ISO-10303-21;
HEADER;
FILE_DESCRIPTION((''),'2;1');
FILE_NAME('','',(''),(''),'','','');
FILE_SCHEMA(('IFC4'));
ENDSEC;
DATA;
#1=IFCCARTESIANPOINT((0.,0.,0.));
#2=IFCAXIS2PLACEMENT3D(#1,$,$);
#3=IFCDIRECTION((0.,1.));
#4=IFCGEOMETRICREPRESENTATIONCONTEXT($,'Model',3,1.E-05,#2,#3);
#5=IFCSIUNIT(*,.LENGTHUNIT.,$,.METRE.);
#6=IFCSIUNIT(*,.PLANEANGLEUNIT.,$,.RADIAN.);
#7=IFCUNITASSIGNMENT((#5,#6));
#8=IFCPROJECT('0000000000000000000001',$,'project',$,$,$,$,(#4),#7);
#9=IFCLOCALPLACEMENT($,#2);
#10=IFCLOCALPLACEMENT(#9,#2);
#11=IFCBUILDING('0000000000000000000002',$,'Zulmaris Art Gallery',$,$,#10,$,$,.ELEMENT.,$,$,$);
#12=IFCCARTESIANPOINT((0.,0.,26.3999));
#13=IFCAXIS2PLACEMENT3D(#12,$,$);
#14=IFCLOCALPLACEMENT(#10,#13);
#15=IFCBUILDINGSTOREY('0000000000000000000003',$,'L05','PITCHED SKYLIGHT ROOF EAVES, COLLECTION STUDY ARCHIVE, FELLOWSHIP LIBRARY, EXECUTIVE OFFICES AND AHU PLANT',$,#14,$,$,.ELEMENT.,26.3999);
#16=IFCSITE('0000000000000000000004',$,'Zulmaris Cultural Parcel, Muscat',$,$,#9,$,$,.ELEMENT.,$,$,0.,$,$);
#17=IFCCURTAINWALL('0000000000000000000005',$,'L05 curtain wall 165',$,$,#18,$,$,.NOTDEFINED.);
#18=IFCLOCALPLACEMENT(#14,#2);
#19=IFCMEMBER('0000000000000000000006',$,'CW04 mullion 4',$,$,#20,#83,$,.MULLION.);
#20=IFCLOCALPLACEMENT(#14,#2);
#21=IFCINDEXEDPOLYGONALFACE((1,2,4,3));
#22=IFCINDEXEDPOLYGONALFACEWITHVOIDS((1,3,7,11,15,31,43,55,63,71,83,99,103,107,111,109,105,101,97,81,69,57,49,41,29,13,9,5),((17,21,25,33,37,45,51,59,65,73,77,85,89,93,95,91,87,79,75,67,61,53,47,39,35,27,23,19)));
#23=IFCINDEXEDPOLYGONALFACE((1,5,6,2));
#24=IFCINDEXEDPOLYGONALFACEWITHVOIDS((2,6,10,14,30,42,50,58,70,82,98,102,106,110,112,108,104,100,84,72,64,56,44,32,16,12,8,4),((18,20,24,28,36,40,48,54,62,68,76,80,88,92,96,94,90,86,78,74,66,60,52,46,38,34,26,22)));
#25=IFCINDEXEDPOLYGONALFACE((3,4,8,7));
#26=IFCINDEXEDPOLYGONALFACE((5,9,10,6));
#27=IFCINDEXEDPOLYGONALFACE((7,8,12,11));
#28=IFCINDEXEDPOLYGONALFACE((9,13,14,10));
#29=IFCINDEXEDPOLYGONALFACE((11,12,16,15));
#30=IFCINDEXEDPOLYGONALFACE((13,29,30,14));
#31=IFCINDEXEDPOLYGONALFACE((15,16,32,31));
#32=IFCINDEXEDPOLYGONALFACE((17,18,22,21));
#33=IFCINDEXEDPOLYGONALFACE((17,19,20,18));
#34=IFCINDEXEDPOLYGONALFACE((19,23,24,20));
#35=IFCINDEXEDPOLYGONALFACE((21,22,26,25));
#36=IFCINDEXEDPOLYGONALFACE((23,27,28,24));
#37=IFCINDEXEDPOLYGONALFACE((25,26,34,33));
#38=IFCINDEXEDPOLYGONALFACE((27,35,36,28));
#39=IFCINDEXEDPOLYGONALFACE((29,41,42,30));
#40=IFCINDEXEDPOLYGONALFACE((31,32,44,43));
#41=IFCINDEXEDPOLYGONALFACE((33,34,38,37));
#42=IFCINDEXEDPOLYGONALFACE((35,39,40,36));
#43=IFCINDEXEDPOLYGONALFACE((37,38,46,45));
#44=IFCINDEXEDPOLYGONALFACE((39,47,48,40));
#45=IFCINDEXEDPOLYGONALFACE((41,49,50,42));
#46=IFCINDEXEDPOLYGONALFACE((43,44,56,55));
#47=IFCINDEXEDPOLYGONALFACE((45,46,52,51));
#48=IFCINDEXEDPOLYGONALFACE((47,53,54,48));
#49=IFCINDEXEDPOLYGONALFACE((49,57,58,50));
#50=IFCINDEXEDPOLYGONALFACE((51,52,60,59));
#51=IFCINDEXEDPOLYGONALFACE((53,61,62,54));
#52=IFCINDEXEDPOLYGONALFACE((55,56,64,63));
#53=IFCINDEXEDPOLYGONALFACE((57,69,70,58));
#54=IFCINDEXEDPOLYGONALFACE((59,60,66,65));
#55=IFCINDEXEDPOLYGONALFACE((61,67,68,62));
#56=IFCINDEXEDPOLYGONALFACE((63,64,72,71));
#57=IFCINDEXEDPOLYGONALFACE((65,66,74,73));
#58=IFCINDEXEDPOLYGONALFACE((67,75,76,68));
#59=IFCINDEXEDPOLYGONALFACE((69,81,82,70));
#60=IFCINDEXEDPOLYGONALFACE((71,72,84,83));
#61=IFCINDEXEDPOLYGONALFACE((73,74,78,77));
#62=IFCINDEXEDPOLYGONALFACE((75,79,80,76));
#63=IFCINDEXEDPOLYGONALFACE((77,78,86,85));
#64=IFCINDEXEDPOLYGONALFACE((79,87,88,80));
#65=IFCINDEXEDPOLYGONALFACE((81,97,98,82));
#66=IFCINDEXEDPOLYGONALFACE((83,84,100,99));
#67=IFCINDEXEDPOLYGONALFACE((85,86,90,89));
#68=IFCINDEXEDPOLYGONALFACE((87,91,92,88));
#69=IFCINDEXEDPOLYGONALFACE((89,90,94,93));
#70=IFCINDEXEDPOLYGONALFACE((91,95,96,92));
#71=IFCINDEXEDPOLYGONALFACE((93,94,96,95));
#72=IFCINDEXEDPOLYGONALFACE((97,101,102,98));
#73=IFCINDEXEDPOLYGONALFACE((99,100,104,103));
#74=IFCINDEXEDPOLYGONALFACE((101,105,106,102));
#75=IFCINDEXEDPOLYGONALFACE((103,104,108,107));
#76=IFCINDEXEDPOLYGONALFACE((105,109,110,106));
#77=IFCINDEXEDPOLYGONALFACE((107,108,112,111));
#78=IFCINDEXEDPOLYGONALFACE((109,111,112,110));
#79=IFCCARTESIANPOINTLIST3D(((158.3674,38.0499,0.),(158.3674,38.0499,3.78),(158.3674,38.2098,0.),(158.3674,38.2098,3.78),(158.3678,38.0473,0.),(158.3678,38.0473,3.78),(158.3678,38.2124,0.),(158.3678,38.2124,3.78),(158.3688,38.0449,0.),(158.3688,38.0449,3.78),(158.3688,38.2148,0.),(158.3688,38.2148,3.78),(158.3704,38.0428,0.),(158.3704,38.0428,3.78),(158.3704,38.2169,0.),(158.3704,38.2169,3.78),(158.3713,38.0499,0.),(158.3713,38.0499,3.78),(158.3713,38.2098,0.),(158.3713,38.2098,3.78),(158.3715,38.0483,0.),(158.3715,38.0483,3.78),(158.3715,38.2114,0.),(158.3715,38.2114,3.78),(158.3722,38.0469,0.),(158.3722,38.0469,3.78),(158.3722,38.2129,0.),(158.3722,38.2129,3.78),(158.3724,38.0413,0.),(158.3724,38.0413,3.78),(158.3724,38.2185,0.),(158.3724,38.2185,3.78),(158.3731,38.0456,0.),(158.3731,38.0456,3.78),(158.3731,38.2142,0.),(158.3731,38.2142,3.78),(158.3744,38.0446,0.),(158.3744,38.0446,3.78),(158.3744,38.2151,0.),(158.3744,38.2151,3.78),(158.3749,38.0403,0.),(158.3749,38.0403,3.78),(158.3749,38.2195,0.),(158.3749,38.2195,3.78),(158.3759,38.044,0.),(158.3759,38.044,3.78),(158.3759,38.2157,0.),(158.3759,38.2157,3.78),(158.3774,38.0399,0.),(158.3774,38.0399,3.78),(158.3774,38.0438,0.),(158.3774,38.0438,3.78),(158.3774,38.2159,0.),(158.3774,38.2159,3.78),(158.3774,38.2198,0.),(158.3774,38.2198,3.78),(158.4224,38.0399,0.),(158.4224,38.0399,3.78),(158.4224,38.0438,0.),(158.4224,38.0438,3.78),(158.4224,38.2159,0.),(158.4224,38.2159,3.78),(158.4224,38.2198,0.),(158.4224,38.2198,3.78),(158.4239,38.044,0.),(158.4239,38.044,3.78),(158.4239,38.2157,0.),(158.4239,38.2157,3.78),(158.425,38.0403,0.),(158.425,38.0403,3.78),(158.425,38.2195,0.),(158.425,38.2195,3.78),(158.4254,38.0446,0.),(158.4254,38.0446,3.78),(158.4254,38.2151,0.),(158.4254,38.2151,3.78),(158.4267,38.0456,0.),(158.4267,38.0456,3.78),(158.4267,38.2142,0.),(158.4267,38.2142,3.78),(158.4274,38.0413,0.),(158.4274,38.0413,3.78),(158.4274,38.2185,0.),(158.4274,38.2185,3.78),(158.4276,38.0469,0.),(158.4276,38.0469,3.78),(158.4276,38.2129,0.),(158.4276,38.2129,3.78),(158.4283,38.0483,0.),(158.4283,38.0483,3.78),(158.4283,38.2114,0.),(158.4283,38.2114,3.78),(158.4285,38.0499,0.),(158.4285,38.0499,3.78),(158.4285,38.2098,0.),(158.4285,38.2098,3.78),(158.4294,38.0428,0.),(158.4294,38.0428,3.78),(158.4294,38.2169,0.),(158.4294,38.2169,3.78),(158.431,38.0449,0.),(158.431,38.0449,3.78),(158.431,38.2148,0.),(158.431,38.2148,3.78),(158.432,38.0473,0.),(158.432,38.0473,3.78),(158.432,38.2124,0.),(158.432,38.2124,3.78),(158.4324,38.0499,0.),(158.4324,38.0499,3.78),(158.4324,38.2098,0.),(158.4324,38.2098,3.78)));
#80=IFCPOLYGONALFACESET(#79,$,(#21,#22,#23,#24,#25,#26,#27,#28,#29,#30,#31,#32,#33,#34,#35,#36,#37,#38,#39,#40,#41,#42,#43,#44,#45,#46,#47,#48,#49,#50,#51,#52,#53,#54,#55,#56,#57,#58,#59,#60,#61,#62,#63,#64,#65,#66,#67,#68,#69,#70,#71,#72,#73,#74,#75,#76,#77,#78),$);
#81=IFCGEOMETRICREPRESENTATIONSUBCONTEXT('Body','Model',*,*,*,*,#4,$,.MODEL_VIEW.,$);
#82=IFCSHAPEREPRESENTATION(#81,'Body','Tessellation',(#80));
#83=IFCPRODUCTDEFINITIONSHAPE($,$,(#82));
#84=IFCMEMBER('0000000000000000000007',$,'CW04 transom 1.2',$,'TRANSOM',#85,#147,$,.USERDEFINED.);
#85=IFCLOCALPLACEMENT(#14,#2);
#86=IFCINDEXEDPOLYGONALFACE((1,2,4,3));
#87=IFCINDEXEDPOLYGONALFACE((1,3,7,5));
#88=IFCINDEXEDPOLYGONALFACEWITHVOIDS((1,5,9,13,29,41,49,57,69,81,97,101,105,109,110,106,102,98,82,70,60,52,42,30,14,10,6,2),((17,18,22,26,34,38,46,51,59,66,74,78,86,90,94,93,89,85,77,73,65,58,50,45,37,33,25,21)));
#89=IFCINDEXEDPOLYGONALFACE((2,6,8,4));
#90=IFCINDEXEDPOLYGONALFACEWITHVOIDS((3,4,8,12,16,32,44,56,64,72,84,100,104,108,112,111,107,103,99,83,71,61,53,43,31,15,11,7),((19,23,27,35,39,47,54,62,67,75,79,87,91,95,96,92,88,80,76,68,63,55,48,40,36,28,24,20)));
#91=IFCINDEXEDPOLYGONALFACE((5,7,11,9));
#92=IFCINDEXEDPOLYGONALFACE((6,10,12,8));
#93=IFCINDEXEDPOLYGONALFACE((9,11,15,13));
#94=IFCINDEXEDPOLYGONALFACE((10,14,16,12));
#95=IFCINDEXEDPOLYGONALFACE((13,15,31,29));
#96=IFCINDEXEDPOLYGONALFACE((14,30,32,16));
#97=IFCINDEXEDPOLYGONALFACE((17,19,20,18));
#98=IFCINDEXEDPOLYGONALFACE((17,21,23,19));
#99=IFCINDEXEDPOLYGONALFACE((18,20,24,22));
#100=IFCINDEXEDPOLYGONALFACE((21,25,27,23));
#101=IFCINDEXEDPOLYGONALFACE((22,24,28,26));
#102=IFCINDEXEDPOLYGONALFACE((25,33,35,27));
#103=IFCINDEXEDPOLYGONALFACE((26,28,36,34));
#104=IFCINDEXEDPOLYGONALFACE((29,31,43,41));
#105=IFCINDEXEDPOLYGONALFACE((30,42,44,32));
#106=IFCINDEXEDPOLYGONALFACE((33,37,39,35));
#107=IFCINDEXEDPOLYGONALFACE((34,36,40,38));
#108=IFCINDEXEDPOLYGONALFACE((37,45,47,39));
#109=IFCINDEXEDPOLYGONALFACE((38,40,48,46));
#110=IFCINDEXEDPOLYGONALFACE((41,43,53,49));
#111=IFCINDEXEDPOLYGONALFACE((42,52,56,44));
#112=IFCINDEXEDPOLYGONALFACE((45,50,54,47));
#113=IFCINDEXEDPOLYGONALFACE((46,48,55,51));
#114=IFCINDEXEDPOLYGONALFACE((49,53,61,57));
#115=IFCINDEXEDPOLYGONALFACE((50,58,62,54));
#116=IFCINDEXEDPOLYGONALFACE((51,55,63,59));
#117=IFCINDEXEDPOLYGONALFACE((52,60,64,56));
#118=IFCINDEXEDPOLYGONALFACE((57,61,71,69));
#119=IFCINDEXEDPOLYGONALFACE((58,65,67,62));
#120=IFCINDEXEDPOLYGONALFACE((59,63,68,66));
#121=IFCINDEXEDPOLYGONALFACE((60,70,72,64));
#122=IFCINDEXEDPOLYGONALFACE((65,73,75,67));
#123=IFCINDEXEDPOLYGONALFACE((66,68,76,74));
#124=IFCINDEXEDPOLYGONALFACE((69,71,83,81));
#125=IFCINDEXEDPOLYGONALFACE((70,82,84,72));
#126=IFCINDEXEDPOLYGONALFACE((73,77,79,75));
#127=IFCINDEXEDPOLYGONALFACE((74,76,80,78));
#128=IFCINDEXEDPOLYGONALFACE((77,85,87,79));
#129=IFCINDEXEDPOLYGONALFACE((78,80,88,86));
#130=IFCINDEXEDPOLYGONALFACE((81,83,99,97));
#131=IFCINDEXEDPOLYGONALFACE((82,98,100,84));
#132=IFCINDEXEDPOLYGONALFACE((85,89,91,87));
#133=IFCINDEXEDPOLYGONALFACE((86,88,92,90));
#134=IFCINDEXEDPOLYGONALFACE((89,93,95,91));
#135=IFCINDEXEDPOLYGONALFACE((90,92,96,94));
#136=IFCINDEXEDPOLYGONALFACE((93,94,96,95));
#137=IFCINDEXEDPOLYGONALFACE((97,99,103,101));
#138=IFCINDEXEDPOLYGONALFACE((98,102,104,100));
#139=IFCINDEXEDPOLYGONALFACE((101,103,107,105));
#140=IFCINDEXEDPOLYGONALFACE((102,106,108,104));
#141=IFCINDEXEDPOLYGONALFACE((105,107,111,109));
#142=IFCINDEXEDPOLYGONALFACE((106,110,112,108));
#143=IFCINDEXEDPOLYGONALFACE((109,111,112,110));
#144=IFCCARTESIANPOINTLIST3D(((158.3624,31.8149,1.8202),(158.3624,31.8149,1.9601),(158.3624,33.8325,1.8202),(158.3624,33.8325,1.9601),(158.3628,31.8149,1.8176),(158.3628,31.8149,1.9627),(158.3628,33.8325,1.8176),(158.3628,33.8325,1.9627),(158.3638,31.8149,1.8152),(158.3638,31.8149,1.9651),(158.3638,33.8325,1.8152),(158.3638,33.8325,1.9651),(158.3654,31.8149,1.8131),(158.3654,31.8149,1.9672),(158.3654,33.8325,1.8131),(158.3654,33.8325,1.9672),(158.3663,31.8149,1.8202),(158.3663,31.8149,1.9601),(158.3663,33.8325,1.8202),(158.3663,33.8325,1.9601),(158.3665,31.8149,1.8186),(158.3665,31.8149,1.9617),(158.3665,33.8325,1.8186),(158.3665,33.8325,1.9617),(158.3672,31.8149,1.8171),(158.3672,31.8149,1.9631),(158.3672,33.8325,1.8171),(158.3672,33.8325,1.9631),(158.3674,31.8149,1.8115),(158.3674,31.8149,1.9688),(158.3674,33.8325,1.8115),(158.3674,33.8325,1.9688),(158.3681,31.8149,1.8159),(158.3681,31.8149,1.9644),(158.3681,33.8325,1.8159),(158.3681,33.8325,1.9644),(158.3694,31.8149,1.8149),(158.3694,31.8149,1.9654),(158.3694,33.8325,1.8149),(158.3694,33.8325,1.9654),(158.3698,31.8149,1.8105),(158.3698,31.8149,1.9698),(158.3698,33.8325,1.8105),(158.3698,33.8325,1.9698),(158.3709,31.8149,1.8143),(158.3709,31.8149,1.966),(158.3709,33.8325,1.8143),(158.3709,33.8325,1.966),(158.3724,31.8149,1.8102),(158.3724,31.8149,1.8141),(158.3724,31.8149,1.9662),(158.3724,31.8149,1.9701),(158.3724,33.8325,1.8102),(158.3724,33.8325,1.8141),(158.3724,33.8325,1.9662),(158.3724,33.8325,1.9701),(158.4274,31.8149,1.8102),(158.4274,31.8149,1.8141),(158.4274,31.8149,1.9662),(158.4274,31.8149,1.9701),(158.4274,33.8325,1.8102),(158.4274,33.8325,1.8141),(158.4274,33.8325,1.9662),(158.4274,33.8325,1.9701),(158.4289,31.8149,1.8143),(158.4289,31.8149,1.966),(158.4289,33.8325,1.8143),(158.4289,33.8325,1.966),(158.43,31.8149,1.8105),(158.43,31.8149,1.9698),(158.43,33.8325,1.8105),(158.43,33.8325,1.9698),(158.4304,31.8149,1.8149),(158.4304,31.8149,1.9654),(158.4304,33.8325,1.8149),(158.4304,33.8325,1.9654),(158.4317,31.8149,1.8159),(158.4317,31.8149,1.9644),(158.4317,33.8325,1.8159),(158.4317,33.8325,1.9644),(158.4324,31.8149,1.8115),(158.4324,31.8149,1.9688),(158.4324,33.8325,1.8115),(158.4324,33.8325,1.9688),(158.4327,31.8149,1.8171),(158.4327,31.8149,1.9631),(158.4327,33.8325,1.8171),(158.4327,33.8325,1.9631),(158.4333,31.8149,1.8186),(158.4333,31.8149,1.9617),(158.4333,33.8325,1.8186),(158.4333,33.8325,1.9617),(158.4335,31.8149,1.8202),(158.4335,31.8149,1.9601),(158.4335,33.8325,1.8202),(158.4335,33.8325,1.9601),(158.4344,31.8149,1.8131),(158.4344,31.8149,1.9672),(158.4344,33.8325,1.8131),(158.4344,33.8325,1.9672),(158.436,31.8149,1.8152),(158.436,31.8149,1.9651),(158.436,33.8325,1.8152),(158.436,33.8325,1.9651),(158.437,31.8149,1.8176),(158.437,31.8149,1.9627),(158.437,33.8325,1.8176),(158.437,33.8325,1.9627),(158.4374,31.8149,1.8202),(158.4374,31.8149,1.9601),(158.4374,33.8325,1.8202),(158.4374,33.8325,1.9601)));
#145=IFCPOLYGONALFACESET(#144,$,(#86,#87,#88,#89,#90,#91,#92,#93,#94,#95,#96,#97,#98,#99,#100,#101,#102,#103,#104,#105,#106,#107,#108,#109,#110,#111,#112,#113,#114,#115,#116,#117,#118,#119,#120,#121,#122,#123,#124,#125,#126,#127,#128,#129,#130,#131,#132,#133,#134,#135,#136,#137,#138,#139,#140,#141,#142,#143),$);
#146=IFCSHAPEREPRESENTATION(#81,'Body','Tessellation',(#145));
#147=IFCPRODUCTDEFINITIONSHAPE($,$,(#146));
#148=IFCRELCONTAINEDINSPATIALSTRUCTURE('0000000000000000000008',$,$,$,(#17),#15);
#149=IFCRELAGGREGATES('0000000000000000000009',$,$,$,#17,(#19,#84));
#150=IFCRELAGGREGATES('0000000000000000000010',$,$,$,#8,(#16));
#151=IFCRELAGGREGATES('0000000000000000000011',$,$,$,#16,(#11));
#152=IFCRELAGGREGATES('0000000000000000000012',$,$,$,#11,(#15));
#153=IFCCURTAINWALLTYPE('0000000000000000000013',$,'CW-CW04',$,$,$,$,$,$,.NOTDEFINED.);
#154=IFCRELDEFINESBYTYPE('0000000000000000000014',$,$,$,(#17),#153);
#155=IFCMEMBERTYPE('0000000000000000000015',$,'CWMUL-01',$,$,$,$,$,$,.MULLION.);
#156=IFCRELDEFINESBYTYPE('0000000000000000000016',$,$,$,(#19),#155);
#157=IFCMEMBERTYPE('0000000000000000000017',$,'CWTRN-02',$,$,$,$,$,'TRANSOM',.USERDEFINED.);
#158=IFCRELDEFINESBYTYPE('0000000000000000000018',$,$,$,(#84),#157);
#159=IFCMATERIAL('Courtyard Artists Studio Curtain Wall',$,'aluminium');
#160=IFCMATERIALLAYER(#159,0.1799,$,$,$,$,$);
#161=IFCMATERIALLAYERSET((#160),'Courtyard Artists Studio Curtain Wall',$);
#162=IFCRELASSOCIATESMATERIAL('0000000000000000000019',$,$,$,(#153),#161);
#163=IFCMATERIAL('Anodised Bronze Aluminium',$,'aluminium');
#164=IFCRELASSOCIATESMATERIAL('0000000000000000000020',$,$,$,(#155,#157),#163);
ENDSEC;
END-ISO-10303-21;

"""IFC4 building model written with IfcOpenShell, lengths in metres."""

from ifc_helpers import new_model, si_unit, direction, frame, origin, origin_2d, place, context, subcontext, project, spatial, hollow_rectangle, extrude, material, layer, layer_set, material_profile, profile_set, type_object, element, aggregate, save


model = new_model("IFC4")

# Units and contexts
model_context = context("Model", 3, precision=1e-05, world=origin(), true_north=direction((0.0, 1.0)))
body_context = subcontext(model_context, "Body", "Model", "MODEL_VIEW")
ifc_project = project(units=[si_unit("LENGTHUNIT", "METRE"), si_unit("PLANEANGLEUNIT", "RADIAN")], contexts=[model_context])

# Site, building, storey
site_placement = place(None, origin())
site = spatial("IfcSite", under=ifc_project, at=site_placement, Name="Zulmaris Cultural Parcel, Muscat", CompositionType="ELEMENT", RefElevation=0.0)
building_placement = place(site_placement, origin())
building = spatial("IfcBuilding", under=site, at=building_placement, Name="Zulmaris Art Gallery", CompositionType="ELEMENT")
storey_placement = place(building_placement, frame((0.0, 0.0, 26.3999)))
storey = spatial("IfcBuildingStorey", under=building, at=storey_placement, Name="L05", Description="PITCHED SKYLIGHT ROOF EAVES, COLLECTION STUDY ARCHIVE, FELLOWSHIP LIBRARY, EXECUTIVE OFFICES AND AHU PLANT", CompositionType="ELEMENT", Elevation=26.3999)

# Curtain wall, members
ifc_material_1 = material(Name="Courtyard Artists Studio Curtain Wall", Category="aluminium")
ifc_layer_1 = layer(ifc_material_1, 0.1799)
ifc_layer_set_1 = layer_set([ifc_layer_1], Name="Courtyard Artists Studio Curtain Wall")
curtain_wall_type = type_object("IfcCurtainWallType", Name="CW-CW04", PredefinedType="NOTDEFINED", material=ifc_layer_set_1)
curtain_wall_placement = place(storey_placement, origin())
curtain_wall = element("IfcCurtainWall", 1, at=curtain_wall_placement, inside=storey, type_object=curtain_wall_type, Name="L05 curtain wall 165", PredefinedType="NOTDEFINED")
ifc_material_2 = material(Name="Anodised Bronze Aluminium", Category="aluminium")
ifc_material_profile_1 = material_profile(ifc_material_2, hollow_rectangle(XDim=0.0649, YDim=0.1799, WallThickness=0.0039, InnerFilletRadius=0.0061, OuterFilletRadius=0.01, at=origin_2d()), Name="ALU 65x180x4")
ifc_profile_set_1 = profile_set([ifc_material_profile_1], Name="Anodised Bronze Aluminium")
member_type_1 = type_object("IfcMemberType", Name="CWMUL-01", PredefinedType="MULLION", material=ifc_profile_set_1)
member_1_placement = place(storey_placement, frame((158.3999, 38.1299, 0.0), z_axis=(0.0, 0.0, 1.0), x_axis=(-1.0, 0.0, 0.0)))
member_1 = element("IfcMember", 2, at=member_1_placement, type_object=member_type_1, Name="CW04 mullion 4", PredefinedType="MULLION", context=body_context, shape_type="SweptSolid", body=[
    extrude(hollow_rectangle(XDim=0.0649, YDim=0.1799, WallThickness=0.0039, InnerFilletRadius=0.0061, OuterFilletRadius=0.01, at=origin_2d()), origin(), (0.0, 0.0, 1.0), 3.78),
])
ifc_material_profile_2 = material_profile(ifc_material_2, hollow_rectangle(XDim=0.075, YDim=0.1599, WallThickness=0.0039, InnerFilletRadius=0.0061, OuterFilletRadius=0.01, at=origin_2d()), Name="ALU 75x160x4")
ifc_profile_set_2 = profile_set([ifc_material_profile_2], Name="Anodised Bronze Aluminium")
member_type_2 = type_object("IfcMemberType", Name="CWTRN-02", ElementType="TRANSOM", PredefinedType="USERDEFINED", material=ifc_profile_set_2)
member_2_placement = place(storey_placement, frame((158.3999, 31.8149, 1.8901), z_axis=(0.0, 1.0, 0.0), x_axis=(-1.0, 0.0, 0.0)))
member_2 = element("IfcMember", 3, at=member_2_placement, type_object=member_type_2, Name="CW04 transom 1.2", ObjectType="TRANSOM", PredefinedType="USERDEFINED", context=body_context, shape_type="SweptSolid", body=[
    extrude(hollow_rectangle(XDim=0.075, YDim=0.1599, WallThickness=0.0039, InnerFilletRadius=0.0061, OuterFilletRadius=0.01, at=origin_2d()), origin(), (0.0, 0.0, 1.0), 2.0176),
])
aggregate(curtain_wall, [member_1, member_2])

save(model, "model.ifc")
